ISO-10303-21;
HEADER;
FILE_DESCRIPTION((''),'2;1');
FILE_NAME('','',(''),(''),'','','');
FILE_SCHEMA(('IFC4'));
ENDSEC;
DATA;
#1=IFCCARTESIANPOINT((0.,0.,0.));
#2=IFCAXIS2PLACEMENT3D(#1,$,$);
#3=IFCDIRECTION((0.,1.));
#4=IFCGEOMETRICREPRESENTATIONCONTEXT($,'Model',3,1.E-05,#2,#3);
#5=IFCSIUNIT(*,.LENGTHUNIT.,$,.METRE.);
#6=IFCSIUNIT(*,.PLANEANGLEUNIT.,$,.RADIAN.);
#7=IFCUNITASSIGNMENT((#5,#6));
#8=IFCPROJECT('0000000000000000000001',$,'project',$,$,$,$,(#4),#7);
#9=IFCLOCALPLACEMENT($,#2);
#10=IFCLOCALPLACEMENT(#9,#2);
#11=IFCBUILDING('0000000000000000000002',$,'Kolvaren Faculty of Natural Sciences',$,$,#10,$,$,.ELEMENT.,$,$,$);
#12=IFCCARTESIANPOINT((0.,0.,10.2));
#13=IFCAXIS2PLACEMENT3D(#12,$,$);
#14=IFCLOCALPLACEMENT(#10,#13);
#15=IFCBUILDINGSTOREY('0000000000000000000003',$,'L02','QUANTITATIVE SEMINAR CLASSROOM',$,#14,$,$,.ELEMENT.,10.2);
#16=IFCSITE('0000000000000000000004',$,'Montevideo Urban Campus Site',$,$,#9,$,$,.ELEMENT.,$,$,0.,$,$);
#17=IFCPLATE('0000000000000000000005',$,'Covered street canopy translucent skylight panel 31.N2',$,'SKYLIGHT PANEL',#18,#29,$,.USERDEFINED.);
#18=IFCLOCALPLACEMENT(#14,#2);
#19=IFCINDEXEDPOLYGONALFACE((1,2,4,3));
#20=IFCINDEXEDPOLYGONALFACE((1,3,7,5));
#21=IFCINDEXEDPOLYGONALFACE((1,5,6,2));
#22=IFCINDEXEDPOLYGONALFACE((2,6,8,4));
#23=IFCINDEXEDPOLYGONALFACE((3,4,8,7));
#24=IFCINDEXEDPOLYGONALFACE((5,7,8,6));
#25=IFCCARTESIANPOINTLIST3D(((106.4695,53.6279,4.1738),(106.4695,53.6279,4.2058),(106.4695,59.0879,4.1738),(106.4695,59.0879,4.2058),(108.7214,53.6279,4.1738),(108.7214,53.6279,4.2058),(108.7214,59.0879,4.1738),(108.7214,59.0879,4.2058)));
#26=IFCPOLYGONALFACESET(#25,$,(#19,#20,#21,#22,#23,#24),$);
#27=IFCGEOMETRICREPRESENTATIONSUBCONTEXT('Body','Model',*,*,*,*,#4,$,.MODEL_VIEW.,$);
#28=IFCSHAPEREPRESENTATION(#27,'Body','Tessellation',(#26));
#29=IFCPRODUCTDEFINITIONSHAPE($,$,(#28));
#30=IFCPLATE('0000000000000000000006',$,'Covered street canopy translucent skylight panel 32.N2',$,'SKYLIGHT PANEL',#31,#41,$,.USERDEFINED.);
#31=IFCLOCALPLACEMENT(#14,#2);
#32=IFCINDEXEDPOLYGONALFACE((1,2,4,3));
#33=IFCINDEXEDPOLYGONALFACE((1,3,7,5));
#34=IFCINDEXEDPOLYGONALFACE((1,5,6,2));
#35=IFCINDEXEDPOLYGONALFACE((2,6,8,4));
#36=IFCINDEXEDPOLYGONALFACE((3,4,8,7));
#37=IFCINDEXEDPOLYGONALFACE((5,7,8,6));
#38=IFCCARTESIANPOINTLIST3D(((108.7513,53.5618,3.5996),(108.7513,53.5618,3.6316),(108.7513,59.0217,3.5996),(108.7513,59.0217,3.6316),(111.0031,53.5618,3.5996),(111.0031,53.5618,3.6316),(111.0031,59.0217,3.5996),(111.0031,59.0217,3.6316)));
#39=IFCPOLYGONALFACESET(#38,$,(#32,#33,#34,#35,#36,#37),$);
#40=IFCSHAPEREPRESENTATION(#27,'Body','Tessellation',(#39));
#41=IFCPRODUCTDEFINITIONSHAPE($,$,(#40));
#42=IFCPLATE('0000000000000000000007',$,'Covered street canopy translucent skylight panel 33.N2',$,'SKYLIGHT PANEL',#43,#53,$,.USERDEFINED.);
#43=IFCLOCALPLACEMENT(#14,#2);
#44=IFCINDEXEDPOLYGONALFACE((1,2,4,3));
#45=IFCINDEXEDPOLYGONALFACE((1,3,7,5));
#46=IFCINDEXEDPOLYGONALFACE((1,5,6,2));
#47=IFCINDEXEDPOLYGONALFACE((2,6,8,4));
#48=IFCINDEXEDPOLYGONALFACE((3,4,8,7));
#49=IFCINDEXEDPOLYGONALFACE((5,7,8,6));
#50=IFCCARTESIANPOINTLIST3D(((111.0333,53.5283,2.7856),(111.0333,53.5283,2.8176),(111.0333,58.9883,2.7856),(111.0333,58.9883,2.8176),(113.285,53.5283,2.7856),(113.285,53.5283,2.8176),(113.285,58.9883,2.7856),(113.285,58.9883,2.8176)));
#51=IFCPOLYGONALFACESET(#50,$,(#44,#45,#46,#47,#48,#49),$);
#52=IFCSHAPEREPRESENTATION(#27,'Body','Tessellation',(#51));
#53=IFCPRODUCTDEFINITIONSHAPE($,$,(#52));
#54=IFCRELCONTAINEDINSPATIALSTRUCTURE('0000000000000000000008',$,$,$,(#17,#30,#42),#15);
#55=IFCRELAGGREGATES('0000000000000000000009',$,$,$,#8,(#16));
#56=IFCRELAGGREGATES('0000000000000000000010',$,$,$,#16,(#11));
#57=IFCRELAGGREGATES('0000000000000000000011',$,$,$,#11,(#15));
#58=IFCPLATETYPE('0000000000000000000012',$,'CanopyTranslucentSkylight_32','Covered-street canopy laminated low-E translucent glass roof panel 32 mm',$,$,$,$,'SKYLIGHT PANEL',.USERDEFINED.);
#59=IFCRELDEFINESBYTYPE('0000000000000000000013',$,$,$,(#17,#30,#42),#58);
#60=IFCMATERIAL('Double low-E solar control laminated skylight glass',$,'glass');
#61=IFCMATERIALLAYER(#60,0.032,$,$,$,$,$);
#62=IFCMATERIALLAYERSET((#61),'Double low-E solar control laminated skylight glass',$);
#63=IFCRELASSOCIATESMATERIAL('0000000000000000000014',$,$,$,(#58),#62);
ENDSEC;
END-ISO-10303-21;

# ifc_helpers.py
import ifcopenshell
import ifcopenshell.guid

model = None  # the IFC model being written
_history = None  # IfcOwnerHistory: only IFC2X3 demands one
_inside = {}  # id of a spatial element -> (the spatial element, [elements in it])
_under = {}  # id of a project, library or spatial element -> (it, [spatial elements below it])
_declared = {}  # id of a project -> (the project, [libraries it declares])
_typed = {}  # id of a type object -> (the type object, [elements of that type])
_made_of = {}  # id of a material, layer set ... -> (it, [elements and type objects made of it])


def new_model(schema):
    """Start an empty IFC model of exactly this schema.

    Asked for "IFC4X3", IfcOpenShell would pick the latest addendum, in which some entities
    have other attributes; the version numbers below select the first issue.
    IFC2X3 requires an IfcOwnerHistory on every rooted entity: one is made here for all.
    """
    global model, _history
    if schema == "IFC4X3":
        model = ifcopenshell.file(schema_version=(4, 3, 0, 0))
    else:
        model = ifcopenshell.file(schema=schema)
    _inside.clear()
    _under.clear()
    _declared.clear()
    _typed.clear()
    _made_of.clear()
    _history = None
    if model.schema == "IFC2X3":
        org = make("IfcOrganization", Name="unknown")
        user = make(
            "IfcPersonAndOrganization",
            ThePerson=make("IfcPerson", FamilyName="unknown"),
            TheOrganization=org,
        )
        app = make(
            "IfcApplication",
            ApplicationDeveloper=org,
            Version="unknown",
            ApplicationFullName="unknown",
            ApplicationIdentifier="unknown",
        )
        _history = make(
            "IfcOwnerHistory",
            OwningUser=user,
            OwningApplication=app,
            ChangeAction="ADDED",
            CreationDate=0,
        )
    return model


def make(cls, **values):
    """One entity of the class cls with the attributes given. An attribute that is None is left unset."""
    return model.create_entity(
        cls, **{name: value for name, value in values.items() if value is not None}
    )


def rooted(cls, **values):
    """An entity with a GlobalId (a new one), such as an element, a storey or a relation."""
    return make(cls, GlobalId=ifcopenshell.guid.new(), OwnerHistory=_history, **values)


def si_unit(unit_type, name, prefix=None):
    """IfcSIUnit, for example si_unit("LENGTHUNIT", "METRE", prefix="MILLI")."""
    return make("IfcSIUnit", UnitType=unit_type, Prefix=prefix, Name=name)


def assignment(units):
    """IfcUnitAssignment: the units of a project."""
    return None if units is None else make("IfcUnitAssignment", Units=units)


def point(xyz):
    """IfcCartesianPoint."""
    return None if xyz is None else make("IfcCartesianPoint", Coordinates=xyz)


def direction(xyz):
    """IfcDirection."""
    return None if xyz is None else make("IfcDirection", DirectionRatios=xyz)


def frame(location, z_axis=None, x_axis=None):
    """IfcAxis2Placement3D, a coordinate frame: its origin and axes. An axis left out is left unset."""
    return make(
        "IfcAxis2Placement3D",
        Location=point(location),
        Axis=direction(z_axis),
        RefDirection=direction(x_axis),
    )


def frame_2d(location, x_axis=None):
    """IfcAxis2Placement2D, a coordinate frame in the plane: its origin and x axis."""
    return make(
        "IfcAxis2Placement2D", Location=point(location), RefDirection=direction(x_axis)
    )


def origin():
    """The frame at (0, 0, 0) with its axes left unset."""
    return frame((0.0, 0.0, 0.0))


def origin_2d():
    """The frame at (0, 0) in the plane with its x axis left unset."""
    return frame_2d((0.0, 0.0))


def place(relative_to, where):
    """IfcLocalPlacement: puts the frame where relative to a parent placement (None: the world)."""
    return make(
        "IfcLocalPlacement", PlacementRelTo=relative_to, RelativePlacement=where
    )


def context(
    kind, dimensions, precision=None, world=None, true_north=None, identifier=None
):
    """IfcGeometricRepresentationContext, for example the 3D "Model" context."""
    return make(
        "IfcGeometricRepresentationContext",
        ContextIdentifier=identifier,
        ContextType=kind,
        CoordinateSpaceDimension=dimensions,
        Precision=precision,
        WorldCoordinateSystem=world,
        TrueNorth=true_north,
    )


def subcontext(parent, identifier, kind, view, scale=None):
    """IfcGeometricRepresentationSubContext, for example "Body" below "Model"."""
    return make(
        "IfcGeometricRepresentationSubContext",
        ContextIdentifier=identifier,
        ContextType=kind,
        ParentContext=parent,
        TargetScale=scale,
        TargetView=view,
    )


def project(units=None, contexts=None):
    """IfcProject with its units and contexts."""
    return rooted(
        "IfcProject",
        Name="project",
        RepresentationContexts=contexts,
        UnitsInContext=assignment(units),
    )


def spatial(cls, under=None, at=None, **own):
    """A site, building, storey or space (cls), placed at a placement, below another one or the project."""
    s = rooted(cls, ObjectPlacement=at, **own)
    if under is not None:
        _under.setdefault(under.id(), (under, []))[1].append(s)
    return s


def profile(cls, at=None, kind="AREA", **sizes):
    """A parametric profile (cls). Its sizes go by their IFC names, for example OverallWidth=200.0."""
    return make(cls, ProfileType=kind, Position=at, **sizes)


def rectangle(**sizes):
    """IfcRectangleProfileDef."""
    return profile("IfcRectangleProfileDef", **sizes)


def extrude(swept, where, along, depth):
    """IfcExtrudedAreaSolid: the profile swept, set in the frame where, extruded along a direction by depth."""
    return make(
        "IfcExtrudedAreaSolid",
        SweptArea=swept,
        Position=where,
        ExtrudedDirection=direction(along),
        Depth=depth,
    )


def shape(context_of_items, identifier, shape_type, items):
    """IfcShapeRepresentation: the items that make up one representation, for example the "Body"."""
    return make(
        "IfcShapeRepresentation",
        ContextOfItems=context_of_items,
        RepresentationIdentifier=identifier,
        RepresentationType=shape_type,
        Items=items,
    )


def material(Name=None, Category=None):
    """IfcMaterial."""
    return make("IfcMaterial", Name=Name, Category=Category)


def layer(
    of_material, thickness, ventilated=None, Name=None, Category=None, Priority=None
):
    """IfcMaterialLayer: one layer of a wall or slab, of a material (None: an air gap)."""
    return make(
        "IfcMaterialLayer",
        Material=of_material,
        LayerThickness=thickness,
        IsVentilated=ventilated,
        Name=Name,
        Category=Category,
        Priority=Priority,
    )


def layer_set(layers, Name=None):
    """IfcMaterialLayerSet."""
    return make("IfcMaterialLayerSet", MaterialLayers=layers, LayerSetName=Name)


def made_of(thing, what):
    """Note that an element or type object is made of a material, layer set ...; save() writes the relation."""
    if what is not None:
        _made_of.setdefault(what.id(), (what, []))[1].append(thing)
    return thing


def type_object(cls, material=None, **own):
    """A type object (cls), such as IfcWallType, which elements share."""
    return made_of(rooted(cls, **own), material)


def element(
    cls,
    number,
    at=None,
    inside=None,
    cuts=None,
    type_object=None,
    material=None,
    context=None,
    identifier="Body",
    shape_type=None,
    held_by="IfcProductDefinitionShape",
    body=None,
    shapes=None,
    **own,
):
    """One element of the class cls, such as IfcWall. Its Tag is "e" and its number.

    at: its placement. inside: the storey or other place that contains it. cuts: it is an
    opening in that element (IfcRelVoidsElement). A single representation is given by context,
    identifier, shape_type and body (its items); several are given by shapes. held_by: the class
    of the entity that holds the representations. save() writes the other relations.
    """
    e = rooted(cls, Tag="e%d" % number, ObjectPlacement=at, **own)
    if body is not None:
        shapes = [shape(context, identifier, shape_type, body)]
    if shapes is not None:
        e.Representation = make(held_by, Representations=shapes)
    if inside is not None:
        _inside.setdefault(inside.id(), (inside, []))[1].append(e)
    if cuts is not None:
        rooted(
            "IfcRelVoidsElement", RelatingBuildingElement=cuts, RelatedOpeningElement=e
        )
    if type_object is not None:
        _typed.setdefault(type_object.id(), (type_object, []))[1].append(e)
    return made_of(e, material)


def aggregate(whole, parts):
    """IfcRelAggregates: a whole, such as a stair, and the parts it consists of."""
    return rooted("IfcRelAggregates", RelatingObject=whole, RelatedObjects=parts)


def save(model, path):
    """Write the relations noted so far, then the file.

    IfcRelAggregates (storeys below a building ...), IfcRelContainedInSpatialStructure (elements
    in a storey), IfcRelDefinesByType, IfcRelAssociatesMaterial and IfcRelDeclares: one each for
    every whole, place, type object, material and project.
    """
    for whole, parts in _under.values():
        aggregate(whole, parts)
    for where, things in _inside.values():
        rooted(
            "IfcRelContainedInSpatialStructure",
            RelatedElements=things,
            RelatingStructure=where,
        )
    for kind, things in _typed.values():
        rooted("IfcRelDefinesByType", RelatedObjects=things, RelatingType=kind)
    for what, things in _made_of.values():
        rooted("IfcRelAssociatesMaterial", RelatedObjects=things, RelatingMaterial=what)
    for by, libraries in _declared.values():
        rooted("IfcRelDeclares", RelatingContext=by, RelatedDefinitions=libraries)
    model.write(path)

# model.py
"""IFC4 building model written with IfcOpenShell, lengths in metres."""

from ifc_helpers import new_model, si_unit, direction, frame, origin, origin_2d, place, context, subcontext, project, spatial, rectangle, extrude, material, layer, layer_set, type_object, element, save


model = new_model("IFC4")

# Units and contexts
model_context = context("Model", 3, precision=1e-05, world=origin(), true_north=direction((0.0, 1.0)))
body_context = subcontext(model_context, "Body", "Model", "MODEL_VIEW")
ifc_project = project(units=[si_unit("LENGTHUNIT", "METRE"), si_unit("PLANEANGLEUNIT", "RADIAN")], contexts=[model_context])

# Site, building, storey
site_placement = place(None, origin())
site = spatial("IfcSite", under=ifc_project, at=site_placement, Name="Montevideo Urban Campus Site", CompositionType="ELEMENT", RefElevation=0.0)
building_placement = place(site_placement, origin())
building = spatial("IfcBuilding", under=site, at=building_placement, Name="Kolvaren Faculty of Natural Sciences", CompositionType="ELEMENT")
storey_placement = place(building_placement, frame((0.0, 0.0, 10.2)))
storey = spatial("IfcBuildingStorey", under=building, at=storey_placement, Name="L02", Description="QUANTITATIVE SEMINAR CLASSROOM", CompositionType="ELEMENT", Elevation=10.2)

# Plates
ifc_material_1 = material(Name="Double low-E solar control laminated skylight glass", Category="glass")
ifc_layer_1 = layer(ifc_material_1, 0.032)
ifc_layer_set_1 = layer_set([ifc_layer_1], Name="Double low-E solar control laminated skylight glass")
plate_type_1 = type_object("IfcPlateType", Name="CanopyTranslucentSkylight_32", Description="Covered-street canopy laminated low-E translucent glass roof panel 32 mm", ElementType="SKYLIGHT PANEL", PredefinedType="USERDEFINED", material=ifc_layer_set_1)
plate_placement = place(storey_placement, frame((107.5955, 56.3579, 4.1738), z_axis=(0.0, 0.0, 1.0), x_axis=(1.0, 0.0, 0.0)))
element("IfcPlate", 1, at=plate_placement, inside=storey, type_object=plate_type_1, Name="Covered street canopy translucent skylight panel 31.N2", ObjectType="SKYLIGHT PANEL", PredefinedType="USERDEFINED", context=body_context, shape_type="SweptSolid", body=[
    extrude(rectangle(XDim=2.252, YDim=5.46, at=origin_2d()), origin(), (0.0, 0.0, 1.0), 0.032),
])
for number, where, z_axis, x_axis, name in (
    (2, (109.8772, 56.2917, 3.5996), (0.0, 0.0, 1.0), (1.0, 0.0, 0.0), "Covered street canopy translucent skylight panel 32.N2"),
    (3, (112.1592, 56.2583, 2.7856), (0.0, 0.0, 1.0), (1.0, 0.0, 0.0), "Covered street canopy translucent skylight panel 33.N2"),
):
    element("IfcPlate", number, at=place(storey_placement, frame(where, z_axis=z_axis, x_axis=x_axis)), inside=storey, type_object=plate_type_1, Name=name, ObjectType="SKYLIGHT PANEL", PredefinedType="USERDEFINED", context=body_context, shape_type="SweptSolid", body=[
        extrude(rectangle(XDim=2.2517, YDim=5.46, at=origin_2d()), origin(), (0.0, 0.0, 1.0), 0.032),
    ])

save(model, "model.ifc")
